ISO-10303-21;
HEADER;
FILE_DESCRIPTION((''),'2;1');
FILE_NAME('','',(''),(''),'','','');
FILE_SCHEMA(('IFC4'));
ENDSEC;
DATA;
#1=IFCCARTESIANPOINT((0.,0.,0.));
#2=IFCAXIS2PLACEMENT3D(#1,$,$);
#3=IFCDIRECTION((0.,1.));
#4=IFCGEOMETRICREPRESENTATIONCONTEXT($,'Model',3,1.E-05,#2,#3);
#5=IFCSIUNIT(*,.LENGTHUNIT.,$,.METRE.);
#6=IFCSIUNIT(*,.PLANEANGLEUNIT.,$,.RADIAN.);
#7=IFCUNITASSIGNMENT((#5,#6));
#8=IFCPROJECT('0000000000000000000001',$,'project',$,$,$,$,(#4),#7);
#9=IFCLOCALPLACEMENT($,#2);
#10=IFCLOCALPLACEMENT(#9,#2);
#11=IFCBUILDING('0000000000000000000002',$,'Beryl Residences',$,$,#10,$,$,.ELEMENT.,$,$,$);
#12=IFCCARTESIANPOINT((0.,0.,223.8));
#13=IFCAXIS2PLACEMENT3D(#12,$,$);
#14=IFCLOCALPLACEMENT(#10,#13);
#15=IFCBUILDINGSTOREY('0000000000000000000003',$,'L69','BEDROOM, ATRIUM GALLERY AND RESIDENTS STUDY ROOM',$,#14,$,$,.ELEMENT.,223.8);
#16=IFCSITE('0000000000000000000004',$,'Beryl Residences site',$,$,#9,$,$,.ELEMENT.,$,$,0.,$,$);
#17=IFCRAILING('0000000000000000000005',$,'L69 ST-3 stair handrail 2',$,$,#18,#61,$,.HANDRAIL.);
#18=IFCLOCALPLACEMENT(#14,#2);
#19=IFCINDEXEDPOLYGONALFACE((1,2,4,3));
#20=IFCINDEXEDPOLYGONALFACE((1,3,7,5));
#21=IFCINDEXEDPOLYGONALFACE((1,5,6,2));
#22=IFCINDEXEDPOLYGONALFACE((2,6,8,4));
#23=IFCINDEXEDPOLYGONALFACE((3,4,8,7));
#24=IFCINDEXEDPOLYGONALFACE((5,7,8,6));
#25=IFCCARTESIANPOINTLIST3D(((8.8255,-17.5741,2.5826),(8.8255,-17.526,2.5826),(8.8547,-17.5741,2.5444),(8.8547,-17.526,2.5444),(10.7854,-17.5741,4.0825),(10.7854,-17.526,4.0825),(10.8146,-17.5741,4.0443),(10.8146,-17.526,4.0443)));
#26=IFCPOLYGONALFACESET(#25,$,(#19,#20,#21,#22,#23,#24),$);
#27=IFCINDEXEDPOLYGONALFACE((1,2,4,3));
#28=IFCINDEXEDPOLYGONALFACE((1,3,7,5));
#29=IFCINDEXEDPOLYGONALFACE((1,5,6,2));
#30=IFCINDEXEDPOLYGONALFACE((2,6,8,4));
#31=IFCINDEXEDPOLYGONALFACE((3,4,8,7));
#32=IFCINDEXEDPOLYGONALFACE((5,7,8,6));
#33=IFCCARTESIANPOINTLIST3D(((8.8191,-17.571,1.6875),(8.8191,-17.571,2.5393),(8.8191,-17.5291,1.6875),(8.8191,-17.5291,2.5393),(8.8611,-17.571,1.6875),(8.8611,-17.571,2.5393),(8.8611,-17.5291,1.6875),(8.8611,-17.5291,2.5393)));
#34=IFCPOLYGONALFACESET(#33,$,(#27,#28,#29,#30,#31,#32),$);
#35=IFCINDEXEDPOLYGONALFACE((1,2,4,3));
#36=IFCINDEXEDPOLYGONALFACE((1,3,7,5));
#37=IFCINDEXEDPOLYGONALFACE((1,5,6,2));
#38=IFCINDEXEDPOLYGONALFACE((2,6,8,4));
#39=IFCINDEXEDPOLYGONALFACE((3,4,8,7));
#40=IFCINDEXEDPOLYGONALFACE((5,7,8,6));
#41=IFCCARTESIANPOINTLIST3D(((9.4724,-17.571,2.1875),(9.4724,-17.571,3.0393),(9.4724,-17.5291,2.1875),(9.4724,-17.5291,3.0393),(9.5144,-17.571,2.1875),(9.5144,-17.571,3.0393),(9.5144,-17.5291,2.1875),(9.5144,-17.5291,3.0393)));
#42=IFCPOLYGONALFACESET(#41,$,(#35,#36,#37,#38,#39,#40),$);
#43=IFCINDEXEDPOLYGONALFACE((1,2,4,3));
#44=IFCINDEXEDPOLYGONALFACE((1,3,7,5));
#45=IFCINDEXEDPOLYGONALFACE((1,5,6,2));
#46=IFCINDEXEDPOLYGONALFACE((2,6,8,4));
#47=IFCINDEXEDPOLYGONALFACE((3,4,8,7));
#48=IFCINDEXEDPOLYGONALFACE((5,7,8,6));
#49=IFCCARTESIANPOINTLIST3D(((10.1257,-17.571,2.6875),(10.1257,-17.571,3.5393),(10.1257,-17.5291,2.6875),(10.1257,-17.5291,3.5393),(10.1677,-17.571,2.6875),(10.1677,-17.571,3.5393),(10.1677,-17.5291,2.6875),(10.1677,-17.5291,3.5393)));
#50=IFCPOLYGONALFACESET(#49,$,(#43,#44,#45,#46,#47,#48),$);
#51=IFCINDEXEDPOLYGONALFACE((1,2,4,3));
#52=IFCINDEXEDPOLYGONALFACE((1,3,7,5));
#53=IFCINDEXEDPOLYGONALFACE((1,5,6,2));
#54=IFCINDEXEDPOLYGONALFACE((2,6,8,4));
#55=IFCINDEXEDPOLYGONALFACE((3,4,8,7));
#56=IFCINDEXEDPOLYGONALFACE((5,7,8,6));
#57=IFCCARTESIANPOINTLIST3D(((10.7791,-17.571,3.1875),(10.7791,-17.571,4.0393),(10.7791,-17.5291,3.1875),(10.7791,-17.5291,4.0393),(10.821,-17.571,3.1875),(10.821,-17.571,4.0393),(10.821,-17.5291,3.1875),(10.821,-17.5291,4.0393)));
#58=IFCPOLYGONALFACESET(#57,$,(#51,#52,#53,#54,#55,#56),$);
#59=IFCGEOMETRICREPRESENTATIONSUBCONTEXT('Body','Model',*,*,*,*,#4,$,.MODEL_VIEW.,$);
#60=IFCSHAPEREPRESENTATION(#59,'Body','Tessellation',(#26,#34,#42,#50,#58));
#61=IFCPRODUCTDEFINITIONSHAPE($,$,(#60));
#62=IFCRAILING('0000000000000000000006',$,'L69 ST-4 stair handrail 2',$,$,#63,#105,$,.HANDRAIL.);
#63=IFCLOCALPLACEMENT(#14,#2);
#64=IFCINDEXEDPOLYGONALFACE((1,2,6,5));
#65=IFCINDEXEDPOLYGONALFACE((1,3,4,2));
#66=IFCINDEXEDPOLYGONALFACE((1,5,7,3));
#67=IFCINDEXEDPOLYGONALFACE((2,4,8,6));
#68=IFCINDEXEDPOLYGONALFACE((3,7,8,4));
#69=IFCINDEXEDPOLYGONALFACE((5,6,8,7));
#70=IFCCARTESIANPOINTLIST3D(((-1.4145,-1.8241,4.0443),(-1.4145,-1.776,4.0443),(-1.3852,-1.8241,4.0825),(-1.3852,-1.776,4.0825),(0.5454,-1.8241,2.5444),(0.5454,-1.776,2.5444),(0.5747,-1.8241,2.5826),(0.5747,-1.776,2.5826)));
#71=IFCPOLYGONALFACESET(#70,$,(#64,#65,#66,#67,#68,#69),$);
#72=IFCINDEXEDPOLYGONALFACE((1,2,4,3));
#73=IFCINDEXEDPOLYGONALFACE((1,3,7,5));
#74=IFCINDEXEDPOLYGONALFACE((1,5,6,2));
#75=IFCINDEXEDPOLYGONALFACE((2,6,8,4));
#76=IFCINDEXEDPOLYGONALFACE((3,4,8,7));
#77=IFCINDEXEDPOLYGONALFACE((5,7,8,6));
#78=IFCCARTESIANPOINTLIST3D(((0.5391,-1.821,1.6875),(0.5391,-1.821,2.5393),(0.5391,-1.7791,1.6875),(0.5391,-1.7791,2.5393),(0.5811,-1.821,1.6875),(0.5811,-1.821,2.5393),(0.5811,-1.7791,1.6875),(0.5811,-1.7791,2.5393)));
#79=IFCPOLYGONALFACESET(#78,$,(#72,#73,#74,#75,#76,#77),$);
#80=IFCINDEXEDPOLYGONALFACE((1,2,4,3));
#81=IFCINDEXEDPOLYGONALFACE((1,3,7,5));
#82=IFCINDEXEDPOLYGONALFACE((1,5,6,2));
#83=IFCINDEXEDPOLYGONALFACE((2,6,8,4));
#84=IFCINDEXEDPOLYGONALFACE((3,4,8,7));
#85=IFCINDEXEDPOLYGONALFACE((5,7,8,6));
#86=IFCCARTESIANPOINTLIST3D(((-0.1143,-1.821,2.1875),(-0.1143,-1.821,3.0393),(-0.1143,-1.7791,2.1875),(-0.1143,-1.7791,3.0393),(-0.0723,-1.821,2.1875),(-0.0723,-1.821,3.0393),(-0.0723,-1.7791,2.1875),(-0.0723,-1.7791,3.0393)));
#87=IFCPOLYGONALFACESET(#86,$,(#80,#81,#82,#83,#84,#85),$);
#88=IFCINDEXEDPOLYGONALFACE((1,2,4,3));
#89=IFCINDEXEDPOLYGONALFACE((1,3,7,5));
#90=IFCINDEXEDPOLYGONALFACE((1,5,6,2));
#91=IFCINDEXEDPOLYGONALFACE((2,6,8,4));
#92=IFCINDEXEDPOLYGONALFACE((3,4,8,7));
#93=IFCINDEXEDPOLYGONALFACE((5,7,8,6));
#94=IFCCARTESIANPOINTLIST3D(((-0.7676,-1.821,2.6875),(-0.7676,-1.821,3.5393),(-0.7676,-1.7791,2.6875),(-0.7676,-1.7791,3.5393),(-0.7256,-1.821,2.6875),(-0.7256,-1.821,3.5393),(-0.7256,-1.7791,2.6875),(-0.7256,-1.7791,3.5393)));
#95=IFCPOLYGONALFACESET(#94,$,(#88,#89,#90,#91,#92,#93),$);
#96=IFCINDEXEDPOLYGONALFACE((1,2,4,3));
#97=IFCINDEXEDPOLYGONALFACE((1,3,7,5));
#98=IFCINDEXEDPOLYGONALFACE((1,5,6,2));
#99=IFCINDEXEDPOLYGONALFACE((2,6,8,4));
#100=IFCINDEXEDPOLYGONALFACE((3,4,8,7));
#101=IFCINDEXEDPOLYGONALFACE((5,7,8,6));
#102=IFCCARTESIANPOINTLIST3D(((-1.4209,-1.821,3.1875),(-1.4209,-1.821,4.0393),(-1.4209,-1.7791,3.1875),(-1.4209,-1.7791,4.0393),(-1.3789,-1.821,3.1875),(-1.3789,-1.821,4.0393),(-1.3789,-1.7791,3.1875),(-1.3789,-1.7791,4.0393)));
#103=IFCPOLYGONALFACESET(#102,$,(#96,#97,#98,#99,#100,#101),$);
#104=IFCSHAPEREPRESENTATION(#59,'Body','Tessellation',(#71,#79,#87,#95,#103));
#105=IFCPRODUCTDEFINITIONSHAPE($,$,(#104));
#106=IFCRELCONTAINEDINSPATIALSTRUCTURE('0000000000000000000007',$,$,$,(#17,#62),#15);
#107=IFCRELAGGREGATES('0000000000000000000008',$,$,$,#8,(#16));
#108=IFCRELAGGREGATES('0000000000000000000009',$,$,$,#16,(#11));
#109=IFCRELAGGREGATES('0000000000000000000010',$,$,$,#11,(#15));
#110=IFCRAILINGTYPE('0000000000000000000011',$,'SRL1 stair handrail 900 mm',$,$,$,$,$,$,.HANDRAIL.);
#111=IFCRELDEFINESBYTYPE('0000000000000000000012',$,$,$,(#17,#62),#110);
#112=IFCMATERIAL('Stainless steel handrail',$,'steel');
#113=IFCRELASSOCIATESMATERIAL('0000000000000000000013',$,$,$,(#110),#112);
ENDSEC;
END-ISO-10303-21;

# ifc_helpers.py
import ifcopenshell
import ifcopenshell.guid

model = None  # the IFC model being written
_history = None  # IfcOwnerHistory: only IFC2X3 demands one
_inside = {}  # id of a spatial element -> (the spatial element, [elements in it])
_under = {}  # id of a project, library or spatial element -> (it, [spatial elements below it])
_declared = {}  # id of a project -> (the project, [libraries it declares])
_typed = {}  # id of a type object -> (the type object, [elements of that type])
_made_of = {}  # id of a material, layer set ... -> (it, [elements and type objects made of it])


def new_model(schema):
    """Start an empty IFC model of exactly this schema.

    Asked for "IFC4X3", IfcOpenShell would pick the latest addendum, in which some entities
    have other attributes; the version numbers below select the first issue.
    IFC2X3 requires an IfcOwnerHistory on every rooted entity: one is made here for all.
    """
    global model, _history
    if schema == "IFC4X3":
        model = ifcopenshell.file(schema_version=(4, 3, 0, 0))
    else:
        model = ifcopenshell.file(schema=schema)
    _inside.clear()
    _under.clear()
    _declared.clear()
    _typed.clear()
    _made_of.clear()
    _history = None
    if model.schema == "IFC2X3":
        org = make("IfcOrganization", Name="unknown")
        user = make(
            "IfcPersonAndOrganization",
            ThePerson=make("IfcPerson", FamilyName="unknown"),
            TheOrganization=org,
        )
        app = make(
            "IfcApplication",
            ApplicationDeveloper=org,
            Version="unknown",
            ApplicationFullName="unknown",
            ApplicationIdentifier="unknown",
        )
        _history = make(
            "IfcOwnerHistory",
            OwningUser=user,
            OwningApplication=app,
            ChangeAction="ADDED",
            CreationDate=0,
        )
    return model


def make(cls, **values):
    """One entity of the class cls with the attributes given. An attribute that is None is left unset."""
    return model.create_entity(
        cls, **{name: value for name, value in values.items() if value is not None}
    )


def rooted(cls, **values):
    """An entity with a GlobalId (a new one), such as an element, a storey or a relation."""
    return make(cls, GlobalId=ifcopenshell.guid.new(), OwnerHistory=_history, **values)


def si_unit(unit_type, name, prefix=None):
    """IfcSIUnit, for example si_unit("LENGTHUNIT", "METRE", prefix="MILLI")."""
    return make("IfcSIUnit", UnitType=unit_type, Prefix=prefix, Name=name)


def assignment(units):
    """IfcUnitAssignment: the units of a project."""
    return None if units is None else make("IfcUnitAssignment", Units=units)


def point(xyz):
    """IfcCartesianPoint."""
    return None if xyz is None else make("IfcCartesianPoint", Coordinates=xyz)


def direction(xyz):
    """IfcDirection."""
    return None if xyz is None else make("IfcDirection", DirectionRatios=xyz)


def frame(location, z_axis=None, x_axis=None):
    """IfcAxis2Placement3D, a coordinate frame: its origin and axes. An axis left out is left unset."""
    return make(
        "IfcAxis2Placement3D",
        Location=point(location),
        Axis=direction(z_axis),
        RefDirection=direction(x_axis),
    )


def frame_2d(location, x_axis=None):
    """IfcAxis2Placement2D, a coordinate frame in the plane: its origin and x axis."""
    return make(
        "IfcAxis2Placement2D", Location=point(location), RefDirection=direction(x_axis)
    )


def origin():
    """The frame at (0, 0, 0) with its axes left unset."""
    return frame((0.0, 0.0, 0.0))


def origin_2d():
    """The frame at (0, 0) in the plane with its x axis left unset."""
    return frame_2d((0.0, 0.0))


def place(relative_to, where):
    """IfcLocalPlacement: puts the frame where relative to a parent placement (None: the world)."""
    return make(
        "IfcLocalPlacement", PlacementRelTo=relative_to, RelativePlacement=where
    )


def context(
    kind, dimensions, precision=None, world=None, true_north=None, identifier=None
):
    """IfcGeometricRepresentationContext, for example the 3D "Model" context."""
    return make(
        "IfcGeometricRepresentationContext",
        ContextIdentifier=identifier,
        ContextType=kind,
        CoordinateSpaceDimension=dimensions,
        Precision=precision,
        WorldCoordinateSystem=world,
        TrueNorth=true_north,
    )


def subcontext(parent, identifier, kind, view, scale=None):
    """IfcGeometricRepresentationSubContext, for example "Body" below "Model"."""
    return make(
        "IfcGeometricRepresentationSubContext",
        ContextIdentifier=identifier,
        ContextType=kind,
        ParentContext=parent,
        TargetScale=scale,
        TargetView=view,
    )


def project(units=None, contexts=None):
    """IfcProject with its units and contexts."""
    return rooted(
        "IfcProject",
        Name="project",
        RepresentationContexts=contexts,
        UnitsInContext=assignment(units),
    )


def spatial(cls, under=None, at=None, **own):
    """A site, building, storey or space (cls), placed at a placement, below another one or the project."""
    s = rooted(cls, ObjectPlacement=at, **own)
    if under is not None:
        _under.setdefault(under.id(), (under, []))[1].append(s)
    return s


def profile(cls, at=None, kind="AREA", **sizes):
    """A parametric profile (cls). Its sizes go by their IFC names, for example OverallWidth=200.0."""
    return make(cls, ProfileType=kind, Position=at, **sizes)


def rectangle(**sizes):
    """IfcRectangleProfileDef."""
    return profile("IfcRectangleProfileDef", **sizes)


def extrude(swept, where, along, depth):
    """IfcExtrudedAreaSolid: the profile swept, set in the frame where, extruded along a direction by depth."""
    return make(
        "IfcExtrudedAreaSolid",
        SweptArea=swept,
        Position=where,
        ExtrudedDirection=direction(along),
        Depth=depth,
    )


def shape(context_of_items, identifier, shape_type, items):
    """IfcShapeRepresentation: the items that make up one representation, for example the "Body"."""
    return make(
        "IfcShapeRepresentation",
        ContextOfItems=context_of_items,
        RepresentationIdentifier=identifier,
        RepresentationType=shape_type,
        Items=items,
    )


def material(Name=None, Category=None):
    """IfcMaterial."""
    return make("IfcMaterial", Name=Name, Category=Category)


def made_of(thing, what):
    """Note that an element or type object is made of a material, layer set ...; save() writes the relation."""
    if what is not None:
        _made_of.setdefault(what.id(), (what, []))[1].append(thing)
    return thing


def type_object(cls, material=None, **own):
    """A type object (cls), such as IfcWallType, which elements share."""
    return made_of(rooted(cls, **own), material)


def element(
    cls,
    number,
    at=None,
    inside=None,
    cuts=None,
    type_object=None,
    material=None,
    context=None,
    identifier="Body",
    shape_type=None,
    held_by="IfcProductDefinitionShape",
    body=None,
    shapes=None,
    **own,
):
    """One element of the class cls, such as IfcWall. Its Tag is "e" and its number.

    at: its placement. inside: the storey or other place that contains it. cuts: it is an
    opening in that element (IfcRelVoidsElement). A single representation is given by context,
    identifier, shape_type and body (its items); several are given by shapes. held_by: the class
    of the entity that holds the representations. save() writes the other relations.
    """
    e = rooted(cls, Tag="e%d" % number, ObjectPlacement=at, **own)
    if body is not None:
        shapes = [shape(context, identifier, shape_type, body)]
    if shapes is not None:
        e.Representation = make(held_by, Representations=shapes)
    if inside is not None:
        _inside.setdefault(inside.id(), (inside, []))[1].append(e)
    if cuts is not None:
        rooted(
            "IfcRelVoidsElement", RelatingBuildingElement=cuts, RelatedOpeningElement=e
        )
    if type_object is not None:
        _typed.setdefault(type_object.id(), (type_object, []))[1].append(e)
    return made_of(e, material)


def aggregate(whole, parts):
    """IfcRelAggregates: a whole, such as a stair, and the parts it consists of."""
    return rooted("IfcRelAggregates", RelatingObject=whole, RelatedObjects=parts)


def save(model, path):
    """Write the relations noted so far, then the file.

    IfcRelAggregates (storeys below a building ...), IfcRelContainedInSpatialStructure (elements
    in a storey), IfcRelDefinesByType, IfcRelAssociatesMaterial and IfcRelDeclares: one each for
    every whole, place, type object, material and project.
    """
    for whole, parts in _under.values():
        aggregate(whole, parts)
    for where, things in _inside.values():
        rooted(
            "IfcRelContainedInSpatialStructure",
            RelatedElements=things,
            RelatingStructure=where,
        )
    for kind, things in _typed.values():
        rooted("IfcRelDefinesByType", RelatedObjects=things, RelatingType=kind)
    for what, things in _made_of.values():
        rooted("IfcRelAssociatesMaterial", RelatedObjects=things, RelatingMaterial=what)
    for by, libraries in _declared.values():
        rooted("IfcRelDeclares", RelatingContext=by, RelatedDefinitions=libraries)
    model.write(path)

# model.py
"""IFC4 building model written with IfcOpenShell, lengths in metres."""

from ifc_helpers import new_model, si_unit, direction, frame, origin, origin_2d, place, context, subcontext, project, spatial, rectangle, extrude, material, type_object, element, save


model = new_model("IFC4")

# Units and contexts
model_context = context("Model", 3, precision=1e-05, world=origin(), true_north=direction((0.0, 1.0)))
body_context = subcontext(model_context, "Body", "Model", "MODEL_VIEW")
ifc_project = project(units=[si_unit("LENGTHUNIT", "METRE"), si_unit("PLANEANGLEUNIT", "RADIAN")], contexts=[model_context])

# Site, building, storey
site_placement = place(None, origin())
site = spatial("IfcSite", under=ifc_project, at=site_placement, Name="Beryl Residences site", CompositionType="ELEMENT", RefElevation=0.0)
building_placement = place(site_placement, origin())
building = spatial("IfcBuilding", under=site, at=building_placement, Name="Beryl Residences", CompositionType="ELEMENT")
storey_placement = place(building_placement, frame((0.0, 0.0, 223.8)))
storey = spatial("IfcBuildingStorey", under=building, at=storey_placement, Name="L69", Description="BEDROOM, ATRIUM GALLERY AND RESIDENTS STUDY ROOM", CompositionType="ELEMENT", Elevation=223.8)

# Railings
ifc_material_1 = material(Name="Stainless steel handrail", Category="steel")
railing_type_1 = type_object("IfcRailingType", Name="SRL1 stair handrail 900 mm", PredefinedType="HANDRAIL", material=ifc_material_1)
railing_1_placement = place(storey_placement, frame((8.8401, -17.55, 1.6875)))
element("IfcRailing", 1, at=railing_1_placement, inside=storey, type_object=railing_type_1, Name="L69 ST-3 stair handrail 2", PredefinedType="HANDRAIL", context=body_context, shape_type="SweptSolid", body=[
    extrude(rectangle(XDim=0.0481, YDim=0.0481, at=origin_2d()), frame((0.0, 0.0, 0.876), z_axis=(0.794122, 0.0, 0.607758), x_axis=(0.0, 1.0, 0.0)), (0.0, 0.0, 1.0), 2.468),
    extrude(rectangle(XDim=0.042, YDim=0.042, at=origin_2d()), origin(), (0.0, 0.0, 1.0), 0.8518),
    extrude(rectangle(XDim=0.042, YDim=0.042, at=origin_2d()), frame((0.6533, 0.0, 0.5)), (0.0, 0.0, 1.0), 0.8518),
    extrude(rectangle(XDim=0.042, YDim=0.042, at=origin_2d()), frame((1.3066, 0.0, 1.0)), (0.0, 0.0, 1.0), 0.8518),
    extrude(rectangle(XDim=0.042, YDim=0.042, at=origin_2d()), frame((1.96, 0.0, 1.5)), (0.0, 0.0, 1.0), 0.8518),
])
railing_2_placement = place(storey_placement, frame((0.5601, -1.8, 1.6875)))
element("IfcRailing", 2, at=railing_2_placement, inside=storey, type_object=railing_type_1, Name="L69 ST-4 stair handrail 2", PredefinedType="HANDRAIL", context=body_context, shape_type="SweptSolid", body=[
    extrude(rectangle(XDim=0.0481, YDim=0.0481, at=origin_2d()), frame((0.0, 0.0, 0.876), z_axis=(-0.794122, 0.0, 0.607758), x_axis=(0.0, -1.0, 0.0)), (0.0, 0.0, 1.0), 2.468),
    extrude(rectangle(XDim=0.042, YDim=0.042, at=origin_2d()), origin(), (0.0, 0.0, 1.0), 0.8518),
    extrude(rectangle(XDim=0.042, YDim=0.042, at=origin_2d()), frame((-0.6533, 0.0, 0.5)), (0.0, 0.0, 1.0), 0.8518),
    extrude(rectangle(XDim=0.042, YDim=0.042, at=origin_2d()), frame((-1.3066, 0.0, 1.0)), (0.0, 0.0, 1.0), 0.8518),
    extrude(rectangle(XDim=0.042, YDim=0.042, at=origin_2d()), frame((-1.96, 0.0, 1.5)), (0.0, 0.0, 1.0), 0.8518),
])

save(model, "model.ifc")
